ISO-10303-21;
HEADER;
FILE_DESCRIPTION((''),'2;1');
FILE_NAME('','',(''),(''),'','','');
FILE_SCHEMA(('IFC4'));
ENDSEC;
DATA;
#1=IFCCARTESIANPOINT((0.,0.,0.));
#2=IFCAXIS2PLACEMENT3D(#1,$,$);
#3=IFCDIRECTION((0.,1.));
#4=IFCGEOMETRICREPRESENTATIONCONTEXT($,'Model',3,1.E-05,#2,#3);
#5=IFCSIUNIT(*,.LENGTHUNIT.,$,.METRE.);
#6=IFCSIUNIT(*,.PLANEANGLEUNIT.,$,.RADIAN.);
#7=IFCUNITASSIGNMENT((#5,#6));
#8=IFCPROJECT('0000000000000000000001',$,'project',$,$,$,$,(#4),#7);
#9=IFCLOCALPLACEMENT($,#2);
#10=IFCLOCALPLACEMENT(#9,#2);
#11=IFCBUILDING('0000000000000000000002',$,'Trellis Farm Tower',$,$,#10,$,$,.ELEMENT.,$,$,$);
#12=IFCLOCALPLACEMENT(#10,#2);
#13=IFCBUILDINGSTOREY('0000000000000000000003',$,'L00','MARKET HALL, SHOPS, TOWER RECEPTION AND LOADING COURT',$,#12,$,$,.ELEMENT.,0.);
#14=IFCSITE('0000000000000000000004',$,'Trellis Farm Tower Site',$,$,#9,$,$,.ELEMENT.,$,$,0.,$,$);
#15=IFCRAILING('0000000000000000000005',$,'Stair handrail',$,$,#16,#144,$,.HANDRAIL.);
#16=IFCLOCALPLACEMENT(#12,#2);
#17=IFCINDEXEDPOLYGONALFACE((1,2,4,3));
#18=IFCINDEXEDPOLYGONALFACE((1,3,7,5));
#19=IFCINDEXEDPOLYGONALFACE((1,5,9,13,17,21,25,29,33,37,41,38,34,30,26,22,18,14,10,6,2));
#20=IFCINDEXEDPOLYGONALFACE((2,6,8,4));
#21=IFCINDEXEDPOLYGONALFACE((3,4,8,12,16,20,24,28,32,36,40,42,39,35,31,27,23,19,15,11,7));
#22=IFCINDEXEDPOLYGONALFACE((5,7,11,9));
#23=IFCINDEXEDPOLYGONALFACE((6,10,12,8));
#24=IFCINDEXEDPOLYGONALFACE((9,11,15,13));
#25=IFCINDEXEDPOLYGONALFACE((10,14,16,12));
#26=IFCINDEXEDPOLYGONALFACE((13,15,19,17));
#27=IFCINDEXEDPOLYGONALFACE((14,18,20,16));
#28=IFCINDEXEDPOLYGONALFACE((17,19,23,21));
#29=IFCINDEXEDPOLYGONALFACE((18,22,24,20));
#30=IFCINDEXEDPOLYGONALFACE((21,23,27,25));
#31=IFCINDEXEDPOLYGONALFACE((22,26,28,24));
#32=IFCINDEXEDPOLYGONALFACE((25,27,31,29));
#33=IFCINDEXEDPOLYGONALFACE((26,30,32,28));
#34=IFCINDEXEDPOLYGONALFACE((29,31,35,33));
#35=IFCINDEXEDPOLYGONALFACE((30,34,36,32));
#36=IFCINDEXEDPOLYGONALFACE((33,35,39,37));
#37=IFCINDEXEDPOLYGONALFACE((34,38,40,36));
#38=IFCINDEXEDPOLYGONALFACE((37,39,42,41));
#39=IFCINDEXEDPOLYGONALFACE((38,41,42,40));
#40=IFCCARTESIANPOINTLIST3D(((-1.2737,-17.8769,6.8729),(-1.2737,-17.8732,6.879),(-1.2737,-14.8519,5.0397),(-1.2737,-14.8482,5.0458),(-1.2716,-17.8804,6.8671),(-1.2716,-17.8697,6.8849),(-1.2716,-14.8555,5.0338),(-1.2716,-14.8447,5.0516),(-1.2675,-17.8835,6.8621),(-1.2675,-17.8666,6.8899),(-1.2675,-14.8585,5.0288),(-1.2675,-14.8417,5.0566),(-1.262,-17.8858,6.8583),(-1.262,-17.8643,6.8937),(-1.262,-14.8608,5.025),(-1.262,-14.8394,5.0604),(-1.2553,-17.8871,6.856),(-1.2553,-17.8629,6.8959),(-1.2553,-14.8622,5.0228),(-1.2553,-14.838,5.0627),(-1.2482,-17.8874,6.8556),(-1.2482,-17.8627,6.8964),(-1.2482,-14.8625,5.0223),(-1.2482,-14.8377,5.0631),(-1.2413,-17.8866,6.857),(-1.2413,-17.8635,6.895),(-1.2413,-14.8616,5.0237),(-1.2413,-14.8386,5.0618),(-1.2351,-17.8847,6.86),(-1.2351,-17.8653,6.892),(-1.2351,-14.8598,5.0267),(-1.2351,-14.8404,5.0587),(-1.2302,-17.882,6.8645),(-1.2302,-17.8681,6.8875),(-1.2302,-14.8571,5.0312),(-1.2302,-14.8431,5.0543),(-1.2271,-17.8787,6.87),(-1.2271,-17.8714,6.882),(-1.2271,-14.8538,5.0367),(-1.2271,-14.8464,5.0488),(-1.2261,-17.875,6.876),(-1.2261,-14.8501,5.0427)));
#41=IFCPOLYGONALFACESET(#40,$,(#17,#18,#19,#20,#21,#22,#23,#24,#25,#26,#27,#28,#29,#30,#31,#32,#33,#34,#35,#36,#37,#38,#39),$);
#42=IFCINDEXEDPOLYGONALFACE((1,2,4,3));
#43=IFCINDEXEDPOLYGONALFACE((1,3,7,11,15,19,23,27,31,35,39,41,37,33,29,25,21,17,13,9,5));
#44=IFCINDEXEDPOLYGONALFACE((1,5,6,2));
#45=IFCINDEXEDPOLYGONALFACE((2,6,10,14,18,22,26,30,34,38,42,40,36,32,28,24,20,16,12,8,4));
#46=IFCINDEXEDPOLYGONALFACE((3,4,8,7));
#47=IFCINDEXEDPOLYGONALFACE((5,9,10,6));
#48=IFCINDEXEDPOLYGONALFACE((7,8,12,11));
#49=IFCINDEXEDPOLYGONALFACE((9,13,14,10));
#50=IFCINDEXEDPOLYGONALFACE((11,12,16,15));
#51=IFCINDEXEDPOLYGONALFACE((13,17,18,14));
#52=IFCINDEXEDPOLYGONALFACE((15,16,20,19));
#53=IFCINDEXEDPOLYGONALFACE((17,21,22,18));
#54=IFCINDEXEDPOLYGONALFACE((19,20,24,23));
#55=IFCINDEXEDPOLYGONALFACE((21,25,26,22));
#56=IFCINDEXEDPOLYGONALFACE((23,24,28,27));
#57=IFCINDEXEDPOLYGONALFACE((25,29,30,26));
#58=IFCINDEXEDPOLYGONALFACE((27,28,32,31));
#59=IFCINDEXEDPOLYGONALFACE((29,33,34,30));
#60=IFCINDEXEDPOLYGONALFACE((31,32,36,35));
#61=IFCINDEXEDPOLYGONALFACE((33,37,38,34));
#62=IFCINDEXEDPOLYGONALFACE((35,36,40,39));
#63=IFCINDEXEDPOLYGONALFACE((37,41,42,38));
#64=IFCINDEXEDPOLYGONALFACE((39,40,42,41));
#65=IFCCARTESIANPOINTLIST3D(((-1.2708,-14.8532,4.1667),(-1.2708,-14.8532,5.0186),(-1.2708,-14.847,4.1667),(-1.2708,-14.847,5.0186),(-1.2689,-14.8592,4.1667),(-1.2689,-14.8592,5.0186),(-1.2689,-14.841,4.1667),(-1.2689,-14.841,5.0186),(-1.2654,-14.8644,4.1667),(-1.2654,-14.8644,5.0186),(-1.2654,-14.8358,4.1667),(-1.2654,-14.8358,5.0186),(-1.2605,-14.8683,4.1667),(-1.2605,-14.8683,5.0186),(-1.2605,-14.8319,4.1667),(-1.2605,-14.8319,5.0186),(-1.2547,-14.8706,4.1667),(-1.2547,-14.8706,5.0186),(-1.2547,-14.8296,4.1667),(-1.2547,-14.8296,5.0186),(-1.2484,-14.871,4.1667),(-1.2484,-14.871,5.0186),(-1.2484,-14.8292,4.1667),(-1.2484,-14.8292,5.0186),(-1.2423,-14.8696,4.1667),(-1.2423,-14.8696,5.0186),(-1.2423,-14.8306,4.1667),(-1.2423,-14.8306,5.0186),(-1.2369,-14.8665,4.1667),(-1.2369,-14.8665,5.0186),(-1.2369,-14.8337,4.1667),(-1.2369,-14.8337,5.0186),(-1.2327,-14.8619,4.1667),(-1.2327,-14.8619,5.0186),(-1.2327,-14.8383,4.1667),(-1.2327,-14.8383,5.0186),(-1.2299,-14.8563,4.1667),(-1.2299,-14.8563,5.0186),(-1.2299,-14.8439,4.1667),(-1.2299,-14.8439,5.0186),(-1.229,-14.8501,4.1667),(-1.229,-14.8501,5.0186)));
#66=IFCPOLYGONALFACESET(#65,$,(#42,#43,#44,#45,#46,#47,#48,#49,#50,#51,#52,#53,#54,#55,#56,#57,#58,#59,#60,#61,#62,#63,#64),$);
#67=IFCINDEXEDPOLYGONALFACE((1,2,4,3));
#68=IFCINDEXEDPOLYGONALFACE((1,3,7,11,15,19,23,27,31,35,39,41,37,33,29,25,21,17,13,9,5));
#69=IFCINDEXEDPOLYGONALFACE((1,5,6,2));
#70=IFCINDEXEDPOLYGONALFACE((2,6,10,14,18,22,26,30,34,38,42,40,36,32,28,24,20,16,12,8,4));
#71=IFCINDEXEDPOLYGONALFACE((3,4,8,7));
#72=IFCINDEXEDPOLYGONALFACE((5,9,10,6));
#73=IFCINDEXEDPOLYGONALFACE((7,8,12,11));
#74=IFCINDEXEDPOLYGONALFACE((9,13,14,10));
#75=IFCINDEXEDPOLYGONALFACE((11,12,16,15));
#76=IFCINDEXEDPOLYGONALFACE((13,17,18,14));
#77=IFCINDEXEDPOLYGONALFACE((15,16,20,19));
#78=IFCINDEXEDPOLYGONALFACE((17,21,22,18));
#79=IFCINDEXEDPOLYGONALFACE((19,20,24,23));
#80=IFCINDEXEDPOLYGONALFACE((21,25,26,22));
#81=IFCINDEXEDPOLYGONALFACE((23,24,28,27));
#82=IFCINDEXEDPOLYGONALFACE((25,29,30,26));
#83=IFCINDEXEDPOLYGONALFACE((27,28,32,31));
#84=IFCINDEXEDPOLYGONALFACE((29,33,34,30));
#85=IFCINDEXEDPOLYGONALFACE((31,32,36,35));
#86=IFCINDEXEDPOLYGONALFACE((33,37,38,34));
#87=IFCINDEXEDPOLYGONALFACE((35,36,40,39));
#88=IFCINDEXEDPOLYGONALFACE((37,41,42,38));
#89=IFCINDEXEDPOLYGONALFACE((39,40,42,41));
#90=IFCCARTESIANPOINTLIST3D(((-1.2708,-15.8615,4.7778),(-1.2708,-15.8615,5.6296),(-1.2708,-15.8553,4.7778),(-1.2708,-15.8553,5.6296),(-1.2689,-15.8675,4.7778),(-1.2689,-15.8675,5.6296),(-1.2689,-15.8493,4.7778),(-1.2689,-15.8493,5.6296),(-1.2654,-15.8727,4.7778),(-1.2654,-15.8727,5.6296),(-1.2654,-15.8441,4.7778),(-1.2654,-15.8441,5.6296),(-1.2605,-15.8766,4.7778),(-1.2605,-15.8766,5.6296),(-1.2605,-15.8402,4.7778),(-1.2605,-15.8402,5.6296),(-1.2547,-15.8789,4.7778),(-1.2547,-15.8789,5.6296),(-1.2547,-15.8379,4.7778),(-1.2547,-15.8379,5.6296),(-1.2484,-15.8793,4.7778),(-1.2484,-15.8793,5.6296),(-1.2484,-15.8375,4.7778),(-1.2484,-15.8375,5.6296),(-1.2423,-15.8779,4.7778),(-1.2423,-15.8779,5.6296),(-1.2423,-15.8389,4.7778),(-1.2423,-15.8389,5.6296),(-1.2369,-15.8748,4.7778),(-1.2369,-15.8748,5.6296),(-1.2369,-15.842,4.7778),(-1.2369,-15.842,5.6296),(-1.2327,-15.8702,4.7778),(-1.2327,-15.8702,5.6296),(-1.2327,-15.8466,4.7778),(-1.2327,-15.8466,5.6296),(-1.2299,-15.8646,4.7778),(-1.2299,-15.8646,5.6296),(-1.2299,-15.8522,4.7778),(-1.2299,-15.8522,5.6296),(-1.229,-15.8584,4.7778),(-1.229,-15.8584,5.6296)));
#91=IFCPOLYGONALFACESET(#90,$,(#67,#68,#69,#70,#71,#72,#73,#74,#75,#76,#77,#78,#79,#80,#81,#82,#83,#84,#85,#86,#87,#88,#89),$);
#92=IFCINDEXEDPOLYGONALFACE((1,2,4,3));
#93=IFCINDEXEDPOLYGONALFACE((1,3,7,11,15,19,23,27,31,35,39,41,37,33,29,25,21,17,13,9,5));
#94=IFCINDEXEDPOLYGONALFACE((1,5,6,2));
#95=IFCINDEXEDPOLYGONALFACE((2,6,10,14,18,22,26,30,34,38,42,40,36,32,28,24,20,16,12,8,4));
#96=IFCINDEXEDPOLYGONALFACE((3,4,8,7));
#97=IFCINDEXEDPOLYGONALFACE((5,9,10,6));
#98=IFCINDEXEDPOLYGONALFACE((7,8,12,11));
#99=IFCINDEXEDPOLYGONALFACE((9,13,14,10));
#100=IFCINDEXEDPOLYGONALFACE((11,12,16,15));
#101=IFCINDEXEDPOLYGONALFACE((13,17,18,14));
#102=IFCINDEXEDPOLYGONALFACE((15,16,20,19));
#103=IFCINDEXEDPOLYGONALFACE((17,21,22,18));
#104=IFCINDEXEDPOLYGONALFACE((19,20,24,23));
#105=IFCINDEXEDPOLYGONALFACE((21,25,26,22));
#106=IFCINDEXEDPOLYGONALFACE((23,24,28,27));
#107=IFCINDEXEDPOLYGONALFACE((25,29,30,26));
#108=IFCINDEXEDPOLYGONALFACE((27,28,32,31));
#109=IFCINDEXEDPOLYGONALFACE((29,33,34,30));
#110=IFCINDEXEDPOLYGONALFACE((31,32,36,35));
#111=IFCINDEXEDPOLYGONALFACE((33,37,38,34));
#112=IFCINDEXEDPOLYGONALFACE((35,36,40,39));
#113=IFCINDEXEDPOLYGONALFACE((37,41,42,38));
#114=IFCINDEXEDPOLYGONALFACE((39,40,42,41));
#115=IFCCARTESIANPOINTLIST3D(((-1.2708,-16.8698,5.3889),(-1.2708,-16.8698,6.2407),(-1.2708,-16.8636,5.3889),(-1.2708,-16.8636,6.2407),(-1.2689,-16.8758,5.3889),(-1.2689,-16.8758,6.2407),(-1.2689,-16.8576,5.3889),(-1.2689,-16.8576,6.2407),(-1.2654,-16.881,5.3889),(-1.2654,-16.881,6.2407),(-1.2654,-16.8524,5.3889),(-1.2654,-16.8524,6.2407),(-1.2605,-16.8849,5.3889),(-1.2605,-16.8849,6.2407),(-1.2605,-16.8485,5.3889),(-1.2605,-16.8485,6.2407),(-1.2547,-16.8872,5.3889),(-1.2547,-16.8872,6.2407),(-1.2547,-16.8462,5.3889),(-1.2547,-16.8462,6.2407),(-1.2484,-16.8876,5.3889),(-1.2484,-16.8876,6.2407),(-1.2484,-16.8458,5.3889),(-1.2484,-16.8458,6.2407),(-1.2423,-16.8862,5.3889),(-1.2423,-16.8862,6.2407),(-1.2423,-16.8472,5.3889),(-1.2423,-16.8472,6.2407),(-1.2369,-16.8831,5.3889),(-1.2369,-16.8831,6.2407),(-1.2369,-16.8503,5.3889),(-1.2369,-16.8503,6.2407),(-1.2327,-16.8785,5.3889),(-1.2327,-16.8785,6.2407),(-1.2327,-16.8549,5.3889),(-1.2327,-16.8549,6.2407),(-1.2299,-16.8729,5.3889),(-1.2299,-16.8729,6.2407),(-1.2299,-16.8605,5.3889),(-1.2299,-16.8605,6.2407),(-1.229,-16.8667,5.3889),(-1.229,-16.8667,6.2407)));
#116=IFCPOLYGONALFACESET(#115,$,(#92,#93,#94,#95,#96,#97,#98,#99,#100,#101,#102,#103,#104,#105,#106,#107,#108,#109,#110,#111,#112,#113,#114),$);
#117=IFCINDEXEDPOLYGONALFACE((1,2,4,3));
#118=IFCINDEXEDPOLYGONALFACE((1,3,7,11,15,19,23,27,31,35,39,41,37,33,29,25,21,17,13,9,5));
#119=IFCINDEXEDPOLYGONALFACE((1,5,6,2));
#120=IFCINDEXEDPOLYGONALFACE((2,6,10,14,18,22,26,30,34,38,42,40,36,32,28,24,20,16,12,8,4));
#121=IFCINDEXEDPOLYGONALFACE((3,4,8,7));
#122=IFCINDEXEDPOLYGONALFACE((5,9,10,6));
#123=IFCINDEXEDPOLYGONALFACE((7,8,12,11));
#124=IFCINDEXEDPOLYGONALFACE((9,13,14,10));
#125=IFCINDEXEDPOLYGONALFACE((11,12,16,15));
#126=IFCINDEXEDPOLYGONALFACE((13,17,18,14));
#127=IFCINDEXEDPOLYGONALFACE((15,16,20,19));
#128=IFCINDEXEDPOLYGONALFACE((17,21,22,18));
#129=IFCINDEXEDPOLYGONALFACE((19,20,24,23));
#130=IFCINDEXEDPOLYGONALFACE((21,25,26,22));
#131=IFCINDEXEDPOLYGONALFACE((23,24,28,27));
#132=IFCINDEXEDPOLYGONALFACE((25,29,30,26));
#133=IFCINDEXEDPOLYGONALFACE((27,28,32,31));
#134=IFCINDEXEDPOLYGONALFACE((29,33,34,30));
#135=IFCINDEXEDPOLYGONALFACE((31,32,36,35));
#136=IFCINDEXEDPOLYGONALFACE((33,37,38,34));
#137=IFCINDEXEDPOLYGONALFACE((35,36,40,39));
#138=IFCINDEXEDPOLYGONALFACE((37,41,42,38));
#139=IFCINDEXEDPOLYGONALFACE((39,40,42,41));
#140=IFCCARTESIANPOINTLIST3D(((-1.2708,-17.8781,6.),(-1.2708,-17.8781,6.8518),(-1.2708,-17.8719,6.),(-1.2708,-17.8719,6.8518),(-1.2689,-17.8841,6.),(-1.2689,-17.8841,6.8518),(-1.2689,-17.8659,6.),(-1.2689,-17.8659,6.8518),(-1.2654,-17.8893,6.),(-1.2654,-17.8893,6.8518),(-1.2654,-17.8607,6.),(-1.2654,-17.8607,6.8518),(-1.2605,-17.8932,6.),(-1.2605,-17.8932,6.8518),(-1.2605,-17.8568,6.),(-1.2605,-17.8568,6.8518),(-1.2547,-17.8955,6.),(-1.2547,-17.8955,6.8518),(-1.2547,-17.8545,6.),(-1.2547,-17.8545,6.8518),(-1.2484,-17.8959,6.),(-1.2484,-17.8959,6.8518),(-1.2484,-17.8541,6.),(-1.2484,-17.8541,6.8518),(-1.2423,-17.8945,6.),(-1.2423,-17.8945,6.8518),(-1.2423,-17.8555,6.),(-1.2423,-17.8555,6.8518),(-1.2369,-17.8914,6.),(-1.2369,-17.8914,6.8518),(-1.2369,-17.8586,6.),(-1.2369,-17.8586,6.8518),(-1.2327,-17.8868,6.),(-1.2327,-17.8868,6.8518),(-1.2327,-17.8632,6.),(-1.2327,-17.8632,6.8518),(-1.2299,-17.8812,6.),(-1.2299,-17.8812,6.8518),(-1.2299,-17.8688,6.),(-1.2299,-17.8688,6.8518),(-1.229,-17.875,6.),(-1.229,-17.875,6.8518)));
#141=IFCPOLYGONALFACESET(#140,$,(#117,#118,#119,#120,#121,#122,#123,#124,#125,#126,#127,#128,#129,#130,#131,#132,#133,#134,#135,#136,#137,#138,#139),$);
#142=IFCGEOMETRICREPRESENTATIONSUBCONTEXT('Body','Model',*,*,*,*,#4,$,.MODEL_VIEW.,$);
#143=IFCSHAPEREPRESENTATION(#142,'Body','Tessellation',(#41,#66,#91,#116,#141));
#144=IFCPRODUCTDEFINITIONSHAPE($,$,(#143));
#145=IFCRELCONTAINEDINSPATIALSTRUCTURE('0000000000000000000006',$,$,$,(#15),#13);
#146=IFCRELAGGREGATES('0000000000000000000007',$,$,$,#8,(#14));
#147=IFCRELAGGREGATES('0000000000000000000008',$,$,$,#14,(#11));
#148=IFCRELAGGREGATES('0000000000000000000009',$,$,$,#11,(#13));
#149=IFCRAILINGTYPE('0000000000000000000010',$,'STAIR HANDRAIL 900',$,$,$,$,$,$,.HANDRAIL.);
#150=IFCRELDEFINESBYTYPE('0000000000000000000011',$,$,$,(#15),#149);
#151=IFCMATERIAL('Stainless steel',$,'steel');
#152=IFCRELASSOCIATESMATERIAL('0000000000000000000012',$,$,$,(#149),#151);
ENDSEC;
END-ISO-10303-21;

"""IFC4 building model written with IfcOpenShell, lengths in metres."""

from ifc_helpers import new_model, si_unit, direction, frame, origin, origin_2d, place, context, subcontext, project, spatial, circle, extrude, source, transform, mapped, material, type_object, element, save


model = new_model("IFC4")

# Units and contexts
model_context = context("Model", 3, precision=1e-05, world=origin(), true_north=direction((0.0, 1.0)))
body_context = subcontext(model_context, "Body", "Model", "MODEL_VIEW")
ifc_project = project(units=[si_unit("LENGTHUNIT", "METRE"), si_unit("PLANEANGLEUNIT", "RADIAN")], contexts=[model_context])

# Site, building, storey
site_placement = place(None, origin())
site = spatial("IfcSite", under=ifc_project, at=site_placement, Name="Trellis Farm Tower Site", CompositionType="ELEMENT", RefElevation=0.0)
building_placement = place(site_placement, origin())
building = spatial("IfcBuilding", under=site, at=building_placement, Name="Trellis Farm Tower", CompositionType="ELEMENT")
storey_placement = place(building_placement, origin())
storey = spatial("IfcBuildingStorey", under=building, at=storey_placement, Name="L00", Description="MARKET HALL, SHOPS, TOWER RECEPTION AND LOADING COURT", CompositionType="ELEMENT", Elevation=0.0)

# Railing
ifc_material_1 = material(Name="Stainless steel", Category="steel")
railing_type = type_object("IfcRailingType", Name="STAIR HANDRAIL 900", PredefinedType="HANDRAIL", material=ifc_material_1)
shared_shape_1 = source(origin(), body_context, "Body", "SweptSolid", [
    extrude(circle(Radius=0.0239, at=origin_2d()), frame((0.0, 0.0, 0.876), z_axis=(0.0, -0.855201, 0.518297), x_axis=(1.0, 0.0, 0.0)), (0.0, 0.0, 1.0), 3.5371),
    extrude(circle(Radius=0.021, at=origin_2d()), origin(), (0.0, 0.0, 1.0), 0.8518),
    extrude(circle(Radius=0.021, at=origin_2d()), frame((0.0, -1.0083, 0.6111)), (0.0, 0.0, 1.0), 0.8518),
    extrude(circle(Radius=0.021, at=origin_2d()), frame((0.0, -2.0166, 1.2222)), (0.0, 0.0, 1.0), 0.8518),
    extrude(circle(Radius=0.021, at=origin_2d()), frame((0.0, -3.0249, 1.8333)), (0.0, 0.0, 1.0), 0.8518),
])
for number, where, name in (
    (1, (-1.25, -14.8501, 4.1667), "Stair handrail"),
):
    element("IfcRailing", number, at=place(storey_placement, frame(where)), inside=storey, type_object=railing_type, Name=name, PredefinedType="HANDRAIL", context=body_context, shape_type="MappedRepresentation", body=[
        mapped(shared_shape_1, transform((0.0, 0.0, 0.0))),
    ])

save(model, "model.ifc")
